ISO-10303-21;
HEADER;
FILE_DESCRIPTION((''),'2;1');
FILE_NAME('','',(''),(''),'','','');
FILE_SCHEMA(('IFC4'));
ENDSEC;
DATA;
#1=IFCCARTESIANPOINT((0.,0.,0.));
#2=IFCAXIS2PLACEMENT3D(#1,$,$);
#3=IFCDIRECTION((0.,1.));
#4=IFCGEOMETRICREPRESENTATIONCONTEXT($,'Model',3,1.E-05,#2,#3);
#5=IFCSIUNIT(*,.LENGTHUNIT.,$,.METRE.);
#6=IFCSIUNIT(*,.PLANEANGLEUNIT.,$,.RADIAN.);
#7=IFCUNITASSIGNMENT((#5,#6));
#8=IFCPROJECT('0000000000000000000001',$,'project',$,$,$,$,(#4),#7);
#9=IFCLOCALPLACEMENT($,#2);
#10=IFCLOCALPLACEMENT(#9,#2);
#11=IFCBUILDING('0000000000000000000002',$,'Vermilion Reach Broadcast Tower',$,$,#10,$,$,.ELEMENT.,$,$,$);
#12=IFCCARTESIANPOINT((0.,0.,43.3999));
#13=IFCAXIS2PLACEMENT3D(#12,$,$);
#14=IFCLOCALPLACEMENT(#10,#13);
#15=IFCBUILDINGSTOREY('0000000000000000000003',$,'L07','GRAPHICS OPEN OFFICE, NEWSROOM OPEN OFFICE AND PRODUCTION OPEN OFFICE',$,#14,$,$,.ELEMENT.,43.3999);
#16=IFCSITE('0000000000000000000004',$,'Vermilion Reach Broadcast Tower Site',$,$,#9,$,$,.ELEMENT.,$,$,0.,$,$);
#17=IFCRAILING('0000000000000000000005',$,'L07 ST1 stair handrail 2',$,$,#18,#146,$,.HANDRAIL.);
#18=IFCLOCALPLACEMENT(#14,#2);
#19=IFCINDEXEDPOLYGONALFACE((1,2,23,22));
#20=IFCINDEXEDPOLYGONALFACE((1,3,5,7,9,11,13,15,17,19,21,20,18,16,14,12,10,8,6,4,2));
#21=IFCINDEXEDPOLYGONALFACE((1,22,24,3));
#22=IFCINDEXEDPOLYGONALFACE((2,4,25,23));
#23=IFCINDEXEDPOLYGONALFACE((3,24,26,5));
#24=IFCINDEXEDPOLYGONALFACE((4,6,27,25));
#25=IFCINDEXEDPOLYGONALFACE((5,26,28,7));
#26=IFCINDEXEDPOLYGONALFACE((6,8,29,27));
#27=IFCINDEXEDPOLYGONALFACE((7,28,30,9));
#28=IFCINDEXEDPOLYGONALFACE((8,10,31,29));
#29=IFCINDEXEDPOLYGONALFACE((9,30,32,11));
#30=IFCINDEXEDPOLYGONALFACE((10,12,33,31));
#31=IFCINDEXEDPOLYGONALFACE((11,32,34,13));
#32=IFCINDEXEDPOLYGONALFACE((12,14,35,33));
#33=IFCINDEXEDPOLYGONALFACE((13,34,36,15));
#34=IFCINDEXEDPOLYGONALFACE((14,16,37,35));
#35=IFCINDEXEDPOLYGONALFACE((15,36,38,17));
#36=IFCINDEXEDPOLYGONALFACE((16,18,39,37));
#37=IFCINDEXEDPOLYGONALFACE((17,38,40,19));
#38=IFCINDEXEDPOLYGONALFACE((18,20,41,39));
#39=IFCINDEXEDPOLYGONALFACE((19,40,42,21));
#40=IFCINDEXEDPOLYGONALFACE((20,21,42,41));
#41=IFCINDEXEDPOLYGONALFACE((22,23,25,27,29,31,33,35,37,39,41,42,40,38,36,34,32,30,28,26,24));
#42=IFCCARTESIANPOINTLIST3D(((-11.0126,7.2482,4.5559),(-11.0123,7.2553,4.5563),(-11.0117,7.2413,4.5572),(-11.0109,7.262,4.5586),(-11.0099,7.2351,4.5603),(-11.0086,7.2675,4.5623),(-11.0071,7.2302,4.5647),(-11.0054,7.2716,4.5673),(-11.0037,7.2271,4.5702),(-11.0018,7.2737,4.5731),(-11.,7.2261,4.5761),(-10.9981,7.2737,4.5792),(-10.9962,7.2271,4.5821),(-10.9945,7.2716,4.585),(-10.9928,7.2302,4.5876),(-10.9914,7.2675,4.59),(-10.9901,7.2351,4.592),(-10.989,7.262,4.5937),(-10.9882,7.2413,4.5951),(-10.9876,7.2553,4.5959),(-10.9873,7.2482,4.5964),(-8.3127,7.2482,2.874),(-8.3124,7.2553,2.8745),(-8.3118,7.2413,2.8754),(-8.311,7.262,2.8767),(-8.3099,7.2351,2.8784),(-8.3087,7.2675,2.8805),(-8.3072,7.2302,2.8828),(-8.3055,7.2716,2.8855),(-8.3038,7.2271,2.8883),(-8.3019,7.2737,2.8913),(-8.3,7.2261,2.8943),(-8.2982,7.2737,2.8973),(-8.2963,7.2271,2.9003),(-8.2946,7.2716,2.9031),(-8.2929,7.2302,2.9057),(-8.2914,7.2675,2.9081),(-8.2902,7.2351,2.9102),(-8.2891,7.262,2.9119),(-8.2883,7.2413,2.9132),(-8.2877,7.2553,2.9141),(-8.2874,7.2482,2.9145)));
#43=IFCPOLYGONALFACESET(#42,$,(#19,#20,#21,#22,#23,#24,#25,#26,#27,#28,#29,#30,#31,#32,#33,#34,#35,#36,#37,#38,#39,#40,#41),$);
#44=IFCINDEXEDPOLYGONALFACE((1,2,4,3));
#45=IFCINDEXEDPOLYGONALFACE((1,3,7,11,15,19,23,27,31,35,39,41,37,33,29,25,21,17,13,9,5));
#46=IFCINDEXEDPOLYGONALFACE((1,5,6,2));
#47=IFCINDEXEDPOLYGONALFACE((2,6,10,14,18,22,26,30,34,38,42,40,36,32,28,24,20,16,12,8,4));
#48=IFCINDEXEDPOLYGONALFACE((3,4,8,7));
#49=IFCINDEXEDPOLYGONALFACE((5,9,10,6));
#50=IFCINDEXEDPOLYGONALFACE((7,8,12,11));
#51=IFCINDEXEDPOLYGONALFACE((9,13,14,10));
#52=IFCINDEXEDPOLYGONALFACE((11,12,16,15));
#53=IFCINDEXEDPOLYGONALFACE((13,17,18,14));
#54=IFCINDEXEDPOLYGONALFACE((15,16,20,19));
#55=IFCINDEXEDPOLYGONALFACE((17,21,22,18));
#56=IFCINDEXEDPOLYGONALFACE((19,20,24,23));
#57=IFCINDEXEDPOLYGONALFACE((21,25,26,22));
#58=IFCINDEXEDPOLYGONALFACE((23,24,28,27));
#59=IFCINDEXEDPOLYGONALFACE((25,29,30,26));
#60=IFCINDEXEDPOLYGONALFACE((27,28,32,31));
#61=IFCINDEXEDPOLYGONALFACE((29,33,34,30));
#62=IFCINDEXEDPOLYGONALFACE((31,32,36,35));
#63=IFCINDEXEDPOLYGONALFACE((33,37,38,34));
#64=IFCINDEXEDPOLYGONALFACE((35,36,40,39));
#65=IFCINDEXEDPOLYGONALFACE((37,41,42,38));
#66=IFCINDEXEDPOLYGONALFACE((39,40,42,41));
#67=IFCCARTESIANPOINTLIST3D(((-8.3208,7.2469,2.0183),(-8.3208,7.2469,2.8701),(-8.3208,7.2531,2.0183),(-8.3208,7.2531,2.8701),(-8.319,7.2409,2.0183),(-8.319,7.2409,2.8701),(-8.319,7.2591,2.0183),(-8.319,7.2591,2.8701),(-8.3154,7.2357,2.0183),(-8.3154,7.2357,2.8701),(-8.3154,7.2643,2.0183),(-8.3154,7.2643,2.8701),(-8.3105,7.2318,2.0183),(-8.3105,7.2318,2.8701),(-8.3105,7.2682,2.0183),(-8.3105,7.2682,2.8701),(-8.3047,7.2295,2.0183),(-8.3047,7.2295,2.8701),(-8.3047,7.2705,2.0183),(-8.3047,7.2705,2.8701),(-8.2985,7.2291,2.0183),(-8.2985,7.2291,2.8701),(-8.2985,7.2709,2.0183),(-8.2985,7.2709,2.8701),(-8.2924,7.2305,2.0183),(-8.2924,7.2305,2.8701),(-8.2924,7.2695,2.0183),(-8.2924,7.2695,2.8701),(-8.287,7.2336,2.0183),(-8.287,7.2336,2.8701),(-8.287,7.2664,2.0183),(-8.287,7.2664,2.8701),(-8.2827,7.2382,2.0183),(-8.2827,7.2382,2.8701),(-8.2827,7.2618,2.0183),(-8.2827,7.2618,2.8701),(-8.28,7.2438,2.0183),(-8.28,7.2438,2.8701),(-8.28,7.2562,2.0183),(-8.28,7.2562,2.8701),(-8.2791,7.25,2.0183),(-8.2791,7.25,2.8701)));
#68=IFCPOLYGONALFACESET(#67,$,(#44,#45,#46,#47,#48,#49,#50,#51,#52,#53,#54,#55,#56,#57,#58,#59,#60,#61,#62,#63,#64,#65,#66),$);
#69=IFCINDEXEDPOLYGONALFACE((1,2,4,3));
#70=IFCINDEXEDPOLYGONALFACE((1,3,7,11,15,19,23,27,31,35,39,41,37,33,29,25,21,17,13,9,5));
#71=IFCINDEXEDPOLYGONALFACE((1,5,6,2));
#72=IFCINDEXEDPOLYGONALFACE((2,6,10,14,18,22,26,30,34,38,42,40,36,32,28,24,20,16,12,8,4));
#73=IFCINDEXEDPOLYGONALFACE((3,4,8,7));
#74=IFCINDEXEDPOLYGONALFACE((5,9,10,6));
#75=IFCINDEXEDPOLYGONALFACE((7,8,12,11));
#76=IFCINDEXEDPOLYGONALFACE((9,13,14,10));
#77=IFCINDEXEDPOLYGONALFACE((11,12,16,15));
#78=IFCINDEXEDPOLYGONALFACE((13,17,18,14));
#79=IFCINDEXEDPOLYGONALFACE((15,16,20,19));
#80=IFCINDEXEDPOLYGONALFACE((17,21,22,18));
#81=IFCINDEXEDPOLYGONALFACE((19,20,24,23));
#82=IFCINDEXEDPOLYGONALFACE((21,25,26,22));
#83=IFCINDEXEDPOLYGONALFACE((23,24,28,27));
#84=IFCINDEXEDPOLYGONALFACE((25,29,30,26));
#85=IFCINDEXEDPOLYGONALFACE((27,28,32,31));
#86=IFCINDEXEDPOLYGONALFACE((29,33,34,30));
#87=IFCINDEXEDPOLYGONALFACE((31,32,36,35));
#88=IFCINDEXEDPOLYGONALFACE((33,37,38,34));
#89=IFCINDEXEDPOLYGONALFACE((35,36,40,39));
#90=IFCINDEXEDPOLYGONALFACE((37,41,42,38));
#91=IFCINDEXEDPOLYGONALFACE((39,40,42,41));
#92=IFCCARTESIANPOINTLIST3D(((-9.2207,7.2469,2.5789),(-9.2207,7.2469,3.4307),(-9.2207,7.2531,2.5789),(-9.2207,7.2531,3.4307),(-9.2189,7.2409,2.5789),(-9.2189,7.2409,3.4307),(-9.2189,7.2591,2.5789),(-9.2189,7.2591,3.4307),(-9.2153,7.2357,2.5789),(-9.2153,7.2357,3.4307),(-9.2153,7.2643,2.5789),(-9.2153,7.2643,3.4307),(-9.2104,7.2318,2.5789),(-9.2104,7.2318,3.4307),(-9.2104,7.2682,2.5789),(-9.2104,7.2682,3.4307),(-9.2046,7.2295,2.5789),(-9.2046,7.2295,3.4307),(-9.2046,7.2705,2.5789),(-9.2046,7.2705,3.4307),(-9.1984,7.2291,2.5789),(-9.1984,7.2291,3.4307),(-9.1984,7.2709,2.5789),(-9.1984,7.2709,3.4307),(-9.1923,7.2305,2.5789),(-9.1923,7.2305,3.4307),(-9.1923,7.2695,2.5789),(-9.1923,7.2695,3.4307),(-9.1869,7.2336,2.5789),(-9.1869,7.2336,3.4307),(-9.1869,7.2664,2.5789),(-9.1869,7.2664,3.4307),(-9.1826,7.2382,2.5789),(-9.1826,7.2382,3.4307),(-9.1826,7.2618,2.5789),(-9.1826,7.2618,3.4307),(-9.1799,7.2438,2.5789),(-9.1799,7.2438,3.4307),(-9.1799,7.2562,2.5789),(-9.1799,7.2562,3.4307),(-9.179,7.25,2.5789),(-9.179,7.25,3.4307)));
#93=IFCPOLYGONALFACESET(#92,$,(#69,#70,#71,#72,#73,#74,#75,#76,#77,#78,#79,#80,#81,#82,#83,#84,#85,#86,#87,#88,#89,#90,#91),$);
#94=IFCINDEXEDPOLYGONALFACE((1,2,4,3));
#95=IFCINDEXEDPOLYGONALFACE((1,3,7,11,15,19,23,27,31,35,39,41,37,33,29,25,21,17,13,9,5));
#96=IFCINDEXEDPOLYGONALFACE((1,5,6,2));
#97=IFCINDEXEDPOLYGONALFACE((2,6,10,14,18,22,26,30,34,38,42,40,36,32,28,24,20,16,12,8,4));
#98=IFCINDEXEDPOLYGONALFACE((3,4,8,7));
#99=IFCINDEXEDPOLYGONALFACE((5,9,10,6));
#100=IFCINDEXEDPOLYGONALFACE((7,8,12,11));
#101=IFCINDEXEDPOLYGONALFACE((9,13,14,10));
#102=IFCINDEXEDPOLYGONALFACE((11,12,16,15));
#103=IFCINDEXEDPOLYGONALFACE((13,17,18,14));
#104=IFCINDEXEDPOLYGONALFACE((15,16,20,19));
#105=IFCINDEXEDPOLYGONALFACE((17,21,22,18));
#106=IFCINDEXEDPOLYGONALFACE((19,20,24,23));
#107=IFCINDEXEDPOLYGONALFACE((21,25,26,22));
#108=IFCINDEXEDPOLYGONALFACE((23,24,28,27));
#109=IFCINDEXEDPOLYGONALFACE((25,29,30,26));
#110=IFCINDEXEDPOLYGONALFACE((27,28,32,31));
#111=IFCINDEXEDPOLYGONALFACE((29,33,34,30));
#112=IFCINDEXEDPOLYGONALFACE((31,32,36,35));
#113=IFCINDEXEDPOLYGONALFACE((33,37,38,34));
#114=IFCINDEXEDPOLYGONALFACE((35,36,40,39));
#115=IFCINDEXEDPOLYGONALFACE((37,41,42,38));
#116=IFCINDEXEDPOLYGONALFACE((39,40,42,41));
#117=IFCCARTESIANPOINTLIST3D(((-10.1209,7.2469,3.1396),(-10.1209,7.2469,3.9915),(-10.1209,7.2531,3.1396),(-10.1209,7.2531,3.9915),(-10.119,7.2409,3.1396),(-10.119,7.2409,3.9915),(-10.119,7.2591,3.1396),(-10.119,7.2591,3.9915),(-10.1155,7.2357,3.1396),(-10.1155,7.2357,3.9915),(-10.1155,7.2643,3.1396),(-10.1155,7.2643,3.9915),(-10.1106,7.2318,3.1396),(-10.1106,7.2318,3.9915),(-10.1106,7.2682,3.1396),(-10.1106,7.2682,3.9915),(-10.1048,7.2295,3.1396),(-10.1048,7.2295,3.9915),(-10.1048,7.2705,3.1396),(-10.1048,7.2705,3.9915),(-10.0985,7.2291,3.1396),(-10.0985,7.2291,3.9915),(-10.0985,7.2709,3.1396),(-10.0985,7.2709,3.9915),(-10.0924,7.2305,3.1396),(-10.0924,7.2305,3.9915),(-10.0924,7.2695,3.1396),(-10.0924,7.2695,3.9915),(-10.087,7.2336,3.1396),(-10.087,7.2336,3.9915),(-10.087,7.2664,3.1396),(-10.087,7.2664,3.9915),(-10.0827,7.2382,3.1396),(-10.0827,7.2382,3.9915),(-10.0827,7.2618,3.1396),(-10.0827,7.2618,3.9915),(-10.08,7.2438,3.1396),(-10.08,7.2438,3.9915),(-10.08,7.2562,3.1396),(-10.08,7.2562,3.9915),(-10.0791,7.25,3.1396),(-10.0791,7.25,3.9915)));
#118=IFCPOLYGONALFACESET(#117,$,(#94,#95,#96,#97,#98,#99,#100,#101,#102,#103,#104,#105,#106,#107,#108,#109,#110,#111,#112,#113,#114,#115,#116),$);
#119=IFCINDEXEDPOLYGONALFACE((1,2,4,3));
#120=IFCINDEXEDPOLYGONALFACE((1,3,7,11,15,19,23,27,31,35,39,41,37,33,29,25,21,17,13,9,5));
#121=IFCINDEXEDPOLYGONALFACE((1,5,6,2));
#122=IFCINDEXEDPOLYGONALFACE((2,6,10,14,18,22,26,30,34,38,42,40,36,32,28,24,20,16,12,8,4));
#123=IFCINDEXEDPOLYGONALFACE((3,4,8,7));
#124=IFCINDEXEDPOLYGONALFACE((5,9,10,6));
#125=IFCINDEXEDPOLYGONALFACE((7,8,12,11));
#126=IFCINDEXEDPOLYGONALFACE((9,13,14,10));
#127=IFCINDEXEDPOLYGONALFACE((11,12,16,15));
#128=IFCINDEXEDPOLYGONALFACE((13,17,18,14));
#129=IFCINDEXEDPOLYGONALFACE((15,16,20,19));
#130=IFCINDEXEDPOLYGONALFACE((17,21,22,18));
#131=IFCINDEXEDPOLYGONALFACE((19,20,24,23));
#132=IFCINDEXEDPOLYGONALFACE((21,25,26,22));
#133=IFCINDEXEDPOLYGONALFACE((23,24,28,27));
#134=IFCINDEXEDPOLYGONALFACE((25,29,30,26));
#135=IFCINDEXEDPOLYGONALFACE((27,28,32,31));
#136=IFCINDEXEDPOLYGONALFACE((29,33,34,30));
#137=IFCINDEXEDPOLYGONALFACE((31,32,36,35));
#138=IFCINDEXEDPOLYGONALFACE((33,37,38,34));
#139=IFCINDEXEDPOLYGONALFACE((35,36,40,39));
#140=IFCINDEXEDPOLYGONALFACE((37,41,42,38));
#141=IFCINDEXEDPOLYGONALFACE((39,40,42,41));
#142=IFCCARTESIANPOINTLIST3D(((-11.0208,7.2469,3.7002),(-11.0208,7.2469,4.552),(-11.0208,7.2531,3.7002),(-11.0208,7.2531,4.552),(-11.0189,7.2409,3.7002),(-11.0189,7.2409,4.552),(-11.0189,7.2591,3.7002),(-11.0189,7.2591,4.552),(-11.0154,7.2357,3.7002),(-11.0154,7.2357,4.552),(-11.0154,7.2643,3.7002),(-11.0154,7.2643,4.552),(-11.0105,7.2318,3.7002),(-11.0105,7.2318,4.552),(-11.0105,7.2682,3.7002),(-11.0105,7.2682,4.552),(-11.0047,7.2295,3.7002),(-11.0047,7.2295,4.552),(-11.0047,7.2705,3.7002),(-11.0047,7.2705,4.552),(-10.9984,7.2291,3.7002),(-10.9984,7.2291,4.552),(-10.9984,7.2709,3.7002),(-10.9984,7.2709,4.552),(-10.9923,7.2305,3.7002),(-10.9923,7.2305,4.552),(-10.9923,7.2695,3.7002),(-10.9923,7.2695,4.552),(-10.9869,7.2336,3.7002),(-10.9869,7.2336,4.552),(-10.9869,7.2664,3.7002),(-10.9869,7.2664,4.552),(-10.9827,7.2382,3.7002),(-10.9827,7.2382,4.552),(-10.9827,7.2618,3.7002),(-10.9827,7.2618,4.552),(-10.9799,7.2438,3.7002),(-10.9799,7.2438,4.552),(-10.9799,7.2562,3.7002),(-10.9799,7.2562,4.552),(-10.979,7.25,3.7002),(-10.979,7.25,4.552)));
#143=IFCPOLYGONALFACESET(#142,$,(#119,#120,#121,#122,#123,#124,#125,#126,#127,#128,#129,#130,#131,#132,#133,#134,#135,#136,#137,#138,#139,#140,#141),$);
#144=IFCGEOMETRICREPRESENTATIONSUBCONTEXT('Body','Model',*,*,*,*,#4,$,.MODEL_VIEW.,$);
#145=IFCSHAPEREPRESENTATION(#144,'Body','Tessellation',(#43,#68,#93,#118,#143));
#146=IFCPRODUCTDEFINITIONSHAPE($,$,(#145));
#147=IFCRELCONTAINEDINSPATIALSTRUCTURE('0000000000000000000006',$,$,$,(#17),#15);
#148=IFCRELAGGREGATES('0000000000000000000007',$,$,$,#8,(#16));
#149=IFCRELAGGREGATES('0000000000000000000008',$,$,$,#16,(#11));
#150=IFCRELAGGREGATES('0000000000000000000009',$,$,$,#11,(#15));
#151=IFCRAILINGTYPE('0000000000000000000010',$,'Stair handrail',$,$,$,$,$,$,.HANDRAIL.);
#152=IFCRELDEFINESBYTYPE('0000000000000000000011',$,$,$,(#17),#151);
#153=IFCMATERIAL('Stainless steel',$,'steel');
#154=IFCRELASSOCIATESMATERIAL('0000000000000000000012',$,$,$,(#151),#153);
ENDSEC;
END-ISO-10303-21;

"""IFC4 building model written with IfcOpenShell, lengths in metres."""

from ifc_helpers import new_model, si_unit, direction, frame, origin, origin_2d, place, context, subcontext, project, spatial, circle, extrude, material, type_object, element, save


model = new_model("IFC4")

# Units and contexts
model_context = context("Model", 3, precision=1e-05, world=origin(), true_north=direction((0.0, 1.0)))
body_context = subcontext(model_context, "Body", "Model", "MODEL_VIEW")
ifc_project = project(units=[si_unit("LENGTHUNIT", "METRE"), si_unit("PLANEANGLEUNIT", "RADIAN")], contexts=[model_context])

# Site, building, storey
site_placement = place(None, origin())
site = spatial("IfcSite", under=ifc_project, at=site_placement, Name="Vermilion Reach Broadcast Tower Site", CompositionType="ELEMENT", RefElevation=0.0)
building_placement = place(site_placement, origin())
building = spatial("IfcBuilding", under=site, at=building_placement, Name="Vermilion Reach Broadcast Tower", CompositionType="ELEMENT")
storey_placement = place(building_placement, frame((0.0, 0.0, 43.3999)))
storey = spatial("IfcBuildingStorey", under=building, at=storey_placement, Name="L07", Description="GRAPHICS OPEN OFFICE, NEWSROOM OPEN OFFICE AND PRODUCTION OPEN OFFICE", CompositionType="ELEMENT", Elevation=43.3999)

# Railing
ifc_material_1 = material(Name="Stainless steel", Category="steel")
railing_type_1 = type_object("IfcRailingType", Name="Stair handrail", PredefinedType="HANDRAIL", material=ifc_material_1)
railing_1_placement = place(storey_placement, frame((-8.3, 7.25, 2.0183)))
element("IfcRailing", 1, at=railing_1_placement, inside=storey, type_object=railing_type_1, Name="L07 ST1 stair handrail 2", PredefinedType="HANDRAIL", context=body_context, shape_type="SweptSolid", body=[
    extrude(circle(Radius=0.0239, at=origin_2d()), frame((0.0, 0.0, 0.876), z_axis=(-0.848786, 0.0, 0.528736), x_axis=(0.0, -1.0, 0.0)), (0.0, 0.0, 1.0), 3.1809),
    extrude(circle(Radius=0.021, at=origin_2d()), origin(), (0.0, 0.0, 1.0), 0.8518),
    extrude(circle(Radius=0.021, at=origin_2d()), frame((-0.8999, 0.0, 0.5605)), (0.0, 0.0, 1.0), 0.8518),
    extrude(circle(Radius=0.021, at=origin_2d()), frame((-1.8, 0.0, 1.1213)), (0.0, 0.0, 1.0), 0.8518),
    extrude(circle(Radius=0.021, at=origin_2d()), frame((-2.7, 0.0, 1.6819)), (0.0, 0.0, 1.0), 0.8518),
])

save(model, "model.ifc")
